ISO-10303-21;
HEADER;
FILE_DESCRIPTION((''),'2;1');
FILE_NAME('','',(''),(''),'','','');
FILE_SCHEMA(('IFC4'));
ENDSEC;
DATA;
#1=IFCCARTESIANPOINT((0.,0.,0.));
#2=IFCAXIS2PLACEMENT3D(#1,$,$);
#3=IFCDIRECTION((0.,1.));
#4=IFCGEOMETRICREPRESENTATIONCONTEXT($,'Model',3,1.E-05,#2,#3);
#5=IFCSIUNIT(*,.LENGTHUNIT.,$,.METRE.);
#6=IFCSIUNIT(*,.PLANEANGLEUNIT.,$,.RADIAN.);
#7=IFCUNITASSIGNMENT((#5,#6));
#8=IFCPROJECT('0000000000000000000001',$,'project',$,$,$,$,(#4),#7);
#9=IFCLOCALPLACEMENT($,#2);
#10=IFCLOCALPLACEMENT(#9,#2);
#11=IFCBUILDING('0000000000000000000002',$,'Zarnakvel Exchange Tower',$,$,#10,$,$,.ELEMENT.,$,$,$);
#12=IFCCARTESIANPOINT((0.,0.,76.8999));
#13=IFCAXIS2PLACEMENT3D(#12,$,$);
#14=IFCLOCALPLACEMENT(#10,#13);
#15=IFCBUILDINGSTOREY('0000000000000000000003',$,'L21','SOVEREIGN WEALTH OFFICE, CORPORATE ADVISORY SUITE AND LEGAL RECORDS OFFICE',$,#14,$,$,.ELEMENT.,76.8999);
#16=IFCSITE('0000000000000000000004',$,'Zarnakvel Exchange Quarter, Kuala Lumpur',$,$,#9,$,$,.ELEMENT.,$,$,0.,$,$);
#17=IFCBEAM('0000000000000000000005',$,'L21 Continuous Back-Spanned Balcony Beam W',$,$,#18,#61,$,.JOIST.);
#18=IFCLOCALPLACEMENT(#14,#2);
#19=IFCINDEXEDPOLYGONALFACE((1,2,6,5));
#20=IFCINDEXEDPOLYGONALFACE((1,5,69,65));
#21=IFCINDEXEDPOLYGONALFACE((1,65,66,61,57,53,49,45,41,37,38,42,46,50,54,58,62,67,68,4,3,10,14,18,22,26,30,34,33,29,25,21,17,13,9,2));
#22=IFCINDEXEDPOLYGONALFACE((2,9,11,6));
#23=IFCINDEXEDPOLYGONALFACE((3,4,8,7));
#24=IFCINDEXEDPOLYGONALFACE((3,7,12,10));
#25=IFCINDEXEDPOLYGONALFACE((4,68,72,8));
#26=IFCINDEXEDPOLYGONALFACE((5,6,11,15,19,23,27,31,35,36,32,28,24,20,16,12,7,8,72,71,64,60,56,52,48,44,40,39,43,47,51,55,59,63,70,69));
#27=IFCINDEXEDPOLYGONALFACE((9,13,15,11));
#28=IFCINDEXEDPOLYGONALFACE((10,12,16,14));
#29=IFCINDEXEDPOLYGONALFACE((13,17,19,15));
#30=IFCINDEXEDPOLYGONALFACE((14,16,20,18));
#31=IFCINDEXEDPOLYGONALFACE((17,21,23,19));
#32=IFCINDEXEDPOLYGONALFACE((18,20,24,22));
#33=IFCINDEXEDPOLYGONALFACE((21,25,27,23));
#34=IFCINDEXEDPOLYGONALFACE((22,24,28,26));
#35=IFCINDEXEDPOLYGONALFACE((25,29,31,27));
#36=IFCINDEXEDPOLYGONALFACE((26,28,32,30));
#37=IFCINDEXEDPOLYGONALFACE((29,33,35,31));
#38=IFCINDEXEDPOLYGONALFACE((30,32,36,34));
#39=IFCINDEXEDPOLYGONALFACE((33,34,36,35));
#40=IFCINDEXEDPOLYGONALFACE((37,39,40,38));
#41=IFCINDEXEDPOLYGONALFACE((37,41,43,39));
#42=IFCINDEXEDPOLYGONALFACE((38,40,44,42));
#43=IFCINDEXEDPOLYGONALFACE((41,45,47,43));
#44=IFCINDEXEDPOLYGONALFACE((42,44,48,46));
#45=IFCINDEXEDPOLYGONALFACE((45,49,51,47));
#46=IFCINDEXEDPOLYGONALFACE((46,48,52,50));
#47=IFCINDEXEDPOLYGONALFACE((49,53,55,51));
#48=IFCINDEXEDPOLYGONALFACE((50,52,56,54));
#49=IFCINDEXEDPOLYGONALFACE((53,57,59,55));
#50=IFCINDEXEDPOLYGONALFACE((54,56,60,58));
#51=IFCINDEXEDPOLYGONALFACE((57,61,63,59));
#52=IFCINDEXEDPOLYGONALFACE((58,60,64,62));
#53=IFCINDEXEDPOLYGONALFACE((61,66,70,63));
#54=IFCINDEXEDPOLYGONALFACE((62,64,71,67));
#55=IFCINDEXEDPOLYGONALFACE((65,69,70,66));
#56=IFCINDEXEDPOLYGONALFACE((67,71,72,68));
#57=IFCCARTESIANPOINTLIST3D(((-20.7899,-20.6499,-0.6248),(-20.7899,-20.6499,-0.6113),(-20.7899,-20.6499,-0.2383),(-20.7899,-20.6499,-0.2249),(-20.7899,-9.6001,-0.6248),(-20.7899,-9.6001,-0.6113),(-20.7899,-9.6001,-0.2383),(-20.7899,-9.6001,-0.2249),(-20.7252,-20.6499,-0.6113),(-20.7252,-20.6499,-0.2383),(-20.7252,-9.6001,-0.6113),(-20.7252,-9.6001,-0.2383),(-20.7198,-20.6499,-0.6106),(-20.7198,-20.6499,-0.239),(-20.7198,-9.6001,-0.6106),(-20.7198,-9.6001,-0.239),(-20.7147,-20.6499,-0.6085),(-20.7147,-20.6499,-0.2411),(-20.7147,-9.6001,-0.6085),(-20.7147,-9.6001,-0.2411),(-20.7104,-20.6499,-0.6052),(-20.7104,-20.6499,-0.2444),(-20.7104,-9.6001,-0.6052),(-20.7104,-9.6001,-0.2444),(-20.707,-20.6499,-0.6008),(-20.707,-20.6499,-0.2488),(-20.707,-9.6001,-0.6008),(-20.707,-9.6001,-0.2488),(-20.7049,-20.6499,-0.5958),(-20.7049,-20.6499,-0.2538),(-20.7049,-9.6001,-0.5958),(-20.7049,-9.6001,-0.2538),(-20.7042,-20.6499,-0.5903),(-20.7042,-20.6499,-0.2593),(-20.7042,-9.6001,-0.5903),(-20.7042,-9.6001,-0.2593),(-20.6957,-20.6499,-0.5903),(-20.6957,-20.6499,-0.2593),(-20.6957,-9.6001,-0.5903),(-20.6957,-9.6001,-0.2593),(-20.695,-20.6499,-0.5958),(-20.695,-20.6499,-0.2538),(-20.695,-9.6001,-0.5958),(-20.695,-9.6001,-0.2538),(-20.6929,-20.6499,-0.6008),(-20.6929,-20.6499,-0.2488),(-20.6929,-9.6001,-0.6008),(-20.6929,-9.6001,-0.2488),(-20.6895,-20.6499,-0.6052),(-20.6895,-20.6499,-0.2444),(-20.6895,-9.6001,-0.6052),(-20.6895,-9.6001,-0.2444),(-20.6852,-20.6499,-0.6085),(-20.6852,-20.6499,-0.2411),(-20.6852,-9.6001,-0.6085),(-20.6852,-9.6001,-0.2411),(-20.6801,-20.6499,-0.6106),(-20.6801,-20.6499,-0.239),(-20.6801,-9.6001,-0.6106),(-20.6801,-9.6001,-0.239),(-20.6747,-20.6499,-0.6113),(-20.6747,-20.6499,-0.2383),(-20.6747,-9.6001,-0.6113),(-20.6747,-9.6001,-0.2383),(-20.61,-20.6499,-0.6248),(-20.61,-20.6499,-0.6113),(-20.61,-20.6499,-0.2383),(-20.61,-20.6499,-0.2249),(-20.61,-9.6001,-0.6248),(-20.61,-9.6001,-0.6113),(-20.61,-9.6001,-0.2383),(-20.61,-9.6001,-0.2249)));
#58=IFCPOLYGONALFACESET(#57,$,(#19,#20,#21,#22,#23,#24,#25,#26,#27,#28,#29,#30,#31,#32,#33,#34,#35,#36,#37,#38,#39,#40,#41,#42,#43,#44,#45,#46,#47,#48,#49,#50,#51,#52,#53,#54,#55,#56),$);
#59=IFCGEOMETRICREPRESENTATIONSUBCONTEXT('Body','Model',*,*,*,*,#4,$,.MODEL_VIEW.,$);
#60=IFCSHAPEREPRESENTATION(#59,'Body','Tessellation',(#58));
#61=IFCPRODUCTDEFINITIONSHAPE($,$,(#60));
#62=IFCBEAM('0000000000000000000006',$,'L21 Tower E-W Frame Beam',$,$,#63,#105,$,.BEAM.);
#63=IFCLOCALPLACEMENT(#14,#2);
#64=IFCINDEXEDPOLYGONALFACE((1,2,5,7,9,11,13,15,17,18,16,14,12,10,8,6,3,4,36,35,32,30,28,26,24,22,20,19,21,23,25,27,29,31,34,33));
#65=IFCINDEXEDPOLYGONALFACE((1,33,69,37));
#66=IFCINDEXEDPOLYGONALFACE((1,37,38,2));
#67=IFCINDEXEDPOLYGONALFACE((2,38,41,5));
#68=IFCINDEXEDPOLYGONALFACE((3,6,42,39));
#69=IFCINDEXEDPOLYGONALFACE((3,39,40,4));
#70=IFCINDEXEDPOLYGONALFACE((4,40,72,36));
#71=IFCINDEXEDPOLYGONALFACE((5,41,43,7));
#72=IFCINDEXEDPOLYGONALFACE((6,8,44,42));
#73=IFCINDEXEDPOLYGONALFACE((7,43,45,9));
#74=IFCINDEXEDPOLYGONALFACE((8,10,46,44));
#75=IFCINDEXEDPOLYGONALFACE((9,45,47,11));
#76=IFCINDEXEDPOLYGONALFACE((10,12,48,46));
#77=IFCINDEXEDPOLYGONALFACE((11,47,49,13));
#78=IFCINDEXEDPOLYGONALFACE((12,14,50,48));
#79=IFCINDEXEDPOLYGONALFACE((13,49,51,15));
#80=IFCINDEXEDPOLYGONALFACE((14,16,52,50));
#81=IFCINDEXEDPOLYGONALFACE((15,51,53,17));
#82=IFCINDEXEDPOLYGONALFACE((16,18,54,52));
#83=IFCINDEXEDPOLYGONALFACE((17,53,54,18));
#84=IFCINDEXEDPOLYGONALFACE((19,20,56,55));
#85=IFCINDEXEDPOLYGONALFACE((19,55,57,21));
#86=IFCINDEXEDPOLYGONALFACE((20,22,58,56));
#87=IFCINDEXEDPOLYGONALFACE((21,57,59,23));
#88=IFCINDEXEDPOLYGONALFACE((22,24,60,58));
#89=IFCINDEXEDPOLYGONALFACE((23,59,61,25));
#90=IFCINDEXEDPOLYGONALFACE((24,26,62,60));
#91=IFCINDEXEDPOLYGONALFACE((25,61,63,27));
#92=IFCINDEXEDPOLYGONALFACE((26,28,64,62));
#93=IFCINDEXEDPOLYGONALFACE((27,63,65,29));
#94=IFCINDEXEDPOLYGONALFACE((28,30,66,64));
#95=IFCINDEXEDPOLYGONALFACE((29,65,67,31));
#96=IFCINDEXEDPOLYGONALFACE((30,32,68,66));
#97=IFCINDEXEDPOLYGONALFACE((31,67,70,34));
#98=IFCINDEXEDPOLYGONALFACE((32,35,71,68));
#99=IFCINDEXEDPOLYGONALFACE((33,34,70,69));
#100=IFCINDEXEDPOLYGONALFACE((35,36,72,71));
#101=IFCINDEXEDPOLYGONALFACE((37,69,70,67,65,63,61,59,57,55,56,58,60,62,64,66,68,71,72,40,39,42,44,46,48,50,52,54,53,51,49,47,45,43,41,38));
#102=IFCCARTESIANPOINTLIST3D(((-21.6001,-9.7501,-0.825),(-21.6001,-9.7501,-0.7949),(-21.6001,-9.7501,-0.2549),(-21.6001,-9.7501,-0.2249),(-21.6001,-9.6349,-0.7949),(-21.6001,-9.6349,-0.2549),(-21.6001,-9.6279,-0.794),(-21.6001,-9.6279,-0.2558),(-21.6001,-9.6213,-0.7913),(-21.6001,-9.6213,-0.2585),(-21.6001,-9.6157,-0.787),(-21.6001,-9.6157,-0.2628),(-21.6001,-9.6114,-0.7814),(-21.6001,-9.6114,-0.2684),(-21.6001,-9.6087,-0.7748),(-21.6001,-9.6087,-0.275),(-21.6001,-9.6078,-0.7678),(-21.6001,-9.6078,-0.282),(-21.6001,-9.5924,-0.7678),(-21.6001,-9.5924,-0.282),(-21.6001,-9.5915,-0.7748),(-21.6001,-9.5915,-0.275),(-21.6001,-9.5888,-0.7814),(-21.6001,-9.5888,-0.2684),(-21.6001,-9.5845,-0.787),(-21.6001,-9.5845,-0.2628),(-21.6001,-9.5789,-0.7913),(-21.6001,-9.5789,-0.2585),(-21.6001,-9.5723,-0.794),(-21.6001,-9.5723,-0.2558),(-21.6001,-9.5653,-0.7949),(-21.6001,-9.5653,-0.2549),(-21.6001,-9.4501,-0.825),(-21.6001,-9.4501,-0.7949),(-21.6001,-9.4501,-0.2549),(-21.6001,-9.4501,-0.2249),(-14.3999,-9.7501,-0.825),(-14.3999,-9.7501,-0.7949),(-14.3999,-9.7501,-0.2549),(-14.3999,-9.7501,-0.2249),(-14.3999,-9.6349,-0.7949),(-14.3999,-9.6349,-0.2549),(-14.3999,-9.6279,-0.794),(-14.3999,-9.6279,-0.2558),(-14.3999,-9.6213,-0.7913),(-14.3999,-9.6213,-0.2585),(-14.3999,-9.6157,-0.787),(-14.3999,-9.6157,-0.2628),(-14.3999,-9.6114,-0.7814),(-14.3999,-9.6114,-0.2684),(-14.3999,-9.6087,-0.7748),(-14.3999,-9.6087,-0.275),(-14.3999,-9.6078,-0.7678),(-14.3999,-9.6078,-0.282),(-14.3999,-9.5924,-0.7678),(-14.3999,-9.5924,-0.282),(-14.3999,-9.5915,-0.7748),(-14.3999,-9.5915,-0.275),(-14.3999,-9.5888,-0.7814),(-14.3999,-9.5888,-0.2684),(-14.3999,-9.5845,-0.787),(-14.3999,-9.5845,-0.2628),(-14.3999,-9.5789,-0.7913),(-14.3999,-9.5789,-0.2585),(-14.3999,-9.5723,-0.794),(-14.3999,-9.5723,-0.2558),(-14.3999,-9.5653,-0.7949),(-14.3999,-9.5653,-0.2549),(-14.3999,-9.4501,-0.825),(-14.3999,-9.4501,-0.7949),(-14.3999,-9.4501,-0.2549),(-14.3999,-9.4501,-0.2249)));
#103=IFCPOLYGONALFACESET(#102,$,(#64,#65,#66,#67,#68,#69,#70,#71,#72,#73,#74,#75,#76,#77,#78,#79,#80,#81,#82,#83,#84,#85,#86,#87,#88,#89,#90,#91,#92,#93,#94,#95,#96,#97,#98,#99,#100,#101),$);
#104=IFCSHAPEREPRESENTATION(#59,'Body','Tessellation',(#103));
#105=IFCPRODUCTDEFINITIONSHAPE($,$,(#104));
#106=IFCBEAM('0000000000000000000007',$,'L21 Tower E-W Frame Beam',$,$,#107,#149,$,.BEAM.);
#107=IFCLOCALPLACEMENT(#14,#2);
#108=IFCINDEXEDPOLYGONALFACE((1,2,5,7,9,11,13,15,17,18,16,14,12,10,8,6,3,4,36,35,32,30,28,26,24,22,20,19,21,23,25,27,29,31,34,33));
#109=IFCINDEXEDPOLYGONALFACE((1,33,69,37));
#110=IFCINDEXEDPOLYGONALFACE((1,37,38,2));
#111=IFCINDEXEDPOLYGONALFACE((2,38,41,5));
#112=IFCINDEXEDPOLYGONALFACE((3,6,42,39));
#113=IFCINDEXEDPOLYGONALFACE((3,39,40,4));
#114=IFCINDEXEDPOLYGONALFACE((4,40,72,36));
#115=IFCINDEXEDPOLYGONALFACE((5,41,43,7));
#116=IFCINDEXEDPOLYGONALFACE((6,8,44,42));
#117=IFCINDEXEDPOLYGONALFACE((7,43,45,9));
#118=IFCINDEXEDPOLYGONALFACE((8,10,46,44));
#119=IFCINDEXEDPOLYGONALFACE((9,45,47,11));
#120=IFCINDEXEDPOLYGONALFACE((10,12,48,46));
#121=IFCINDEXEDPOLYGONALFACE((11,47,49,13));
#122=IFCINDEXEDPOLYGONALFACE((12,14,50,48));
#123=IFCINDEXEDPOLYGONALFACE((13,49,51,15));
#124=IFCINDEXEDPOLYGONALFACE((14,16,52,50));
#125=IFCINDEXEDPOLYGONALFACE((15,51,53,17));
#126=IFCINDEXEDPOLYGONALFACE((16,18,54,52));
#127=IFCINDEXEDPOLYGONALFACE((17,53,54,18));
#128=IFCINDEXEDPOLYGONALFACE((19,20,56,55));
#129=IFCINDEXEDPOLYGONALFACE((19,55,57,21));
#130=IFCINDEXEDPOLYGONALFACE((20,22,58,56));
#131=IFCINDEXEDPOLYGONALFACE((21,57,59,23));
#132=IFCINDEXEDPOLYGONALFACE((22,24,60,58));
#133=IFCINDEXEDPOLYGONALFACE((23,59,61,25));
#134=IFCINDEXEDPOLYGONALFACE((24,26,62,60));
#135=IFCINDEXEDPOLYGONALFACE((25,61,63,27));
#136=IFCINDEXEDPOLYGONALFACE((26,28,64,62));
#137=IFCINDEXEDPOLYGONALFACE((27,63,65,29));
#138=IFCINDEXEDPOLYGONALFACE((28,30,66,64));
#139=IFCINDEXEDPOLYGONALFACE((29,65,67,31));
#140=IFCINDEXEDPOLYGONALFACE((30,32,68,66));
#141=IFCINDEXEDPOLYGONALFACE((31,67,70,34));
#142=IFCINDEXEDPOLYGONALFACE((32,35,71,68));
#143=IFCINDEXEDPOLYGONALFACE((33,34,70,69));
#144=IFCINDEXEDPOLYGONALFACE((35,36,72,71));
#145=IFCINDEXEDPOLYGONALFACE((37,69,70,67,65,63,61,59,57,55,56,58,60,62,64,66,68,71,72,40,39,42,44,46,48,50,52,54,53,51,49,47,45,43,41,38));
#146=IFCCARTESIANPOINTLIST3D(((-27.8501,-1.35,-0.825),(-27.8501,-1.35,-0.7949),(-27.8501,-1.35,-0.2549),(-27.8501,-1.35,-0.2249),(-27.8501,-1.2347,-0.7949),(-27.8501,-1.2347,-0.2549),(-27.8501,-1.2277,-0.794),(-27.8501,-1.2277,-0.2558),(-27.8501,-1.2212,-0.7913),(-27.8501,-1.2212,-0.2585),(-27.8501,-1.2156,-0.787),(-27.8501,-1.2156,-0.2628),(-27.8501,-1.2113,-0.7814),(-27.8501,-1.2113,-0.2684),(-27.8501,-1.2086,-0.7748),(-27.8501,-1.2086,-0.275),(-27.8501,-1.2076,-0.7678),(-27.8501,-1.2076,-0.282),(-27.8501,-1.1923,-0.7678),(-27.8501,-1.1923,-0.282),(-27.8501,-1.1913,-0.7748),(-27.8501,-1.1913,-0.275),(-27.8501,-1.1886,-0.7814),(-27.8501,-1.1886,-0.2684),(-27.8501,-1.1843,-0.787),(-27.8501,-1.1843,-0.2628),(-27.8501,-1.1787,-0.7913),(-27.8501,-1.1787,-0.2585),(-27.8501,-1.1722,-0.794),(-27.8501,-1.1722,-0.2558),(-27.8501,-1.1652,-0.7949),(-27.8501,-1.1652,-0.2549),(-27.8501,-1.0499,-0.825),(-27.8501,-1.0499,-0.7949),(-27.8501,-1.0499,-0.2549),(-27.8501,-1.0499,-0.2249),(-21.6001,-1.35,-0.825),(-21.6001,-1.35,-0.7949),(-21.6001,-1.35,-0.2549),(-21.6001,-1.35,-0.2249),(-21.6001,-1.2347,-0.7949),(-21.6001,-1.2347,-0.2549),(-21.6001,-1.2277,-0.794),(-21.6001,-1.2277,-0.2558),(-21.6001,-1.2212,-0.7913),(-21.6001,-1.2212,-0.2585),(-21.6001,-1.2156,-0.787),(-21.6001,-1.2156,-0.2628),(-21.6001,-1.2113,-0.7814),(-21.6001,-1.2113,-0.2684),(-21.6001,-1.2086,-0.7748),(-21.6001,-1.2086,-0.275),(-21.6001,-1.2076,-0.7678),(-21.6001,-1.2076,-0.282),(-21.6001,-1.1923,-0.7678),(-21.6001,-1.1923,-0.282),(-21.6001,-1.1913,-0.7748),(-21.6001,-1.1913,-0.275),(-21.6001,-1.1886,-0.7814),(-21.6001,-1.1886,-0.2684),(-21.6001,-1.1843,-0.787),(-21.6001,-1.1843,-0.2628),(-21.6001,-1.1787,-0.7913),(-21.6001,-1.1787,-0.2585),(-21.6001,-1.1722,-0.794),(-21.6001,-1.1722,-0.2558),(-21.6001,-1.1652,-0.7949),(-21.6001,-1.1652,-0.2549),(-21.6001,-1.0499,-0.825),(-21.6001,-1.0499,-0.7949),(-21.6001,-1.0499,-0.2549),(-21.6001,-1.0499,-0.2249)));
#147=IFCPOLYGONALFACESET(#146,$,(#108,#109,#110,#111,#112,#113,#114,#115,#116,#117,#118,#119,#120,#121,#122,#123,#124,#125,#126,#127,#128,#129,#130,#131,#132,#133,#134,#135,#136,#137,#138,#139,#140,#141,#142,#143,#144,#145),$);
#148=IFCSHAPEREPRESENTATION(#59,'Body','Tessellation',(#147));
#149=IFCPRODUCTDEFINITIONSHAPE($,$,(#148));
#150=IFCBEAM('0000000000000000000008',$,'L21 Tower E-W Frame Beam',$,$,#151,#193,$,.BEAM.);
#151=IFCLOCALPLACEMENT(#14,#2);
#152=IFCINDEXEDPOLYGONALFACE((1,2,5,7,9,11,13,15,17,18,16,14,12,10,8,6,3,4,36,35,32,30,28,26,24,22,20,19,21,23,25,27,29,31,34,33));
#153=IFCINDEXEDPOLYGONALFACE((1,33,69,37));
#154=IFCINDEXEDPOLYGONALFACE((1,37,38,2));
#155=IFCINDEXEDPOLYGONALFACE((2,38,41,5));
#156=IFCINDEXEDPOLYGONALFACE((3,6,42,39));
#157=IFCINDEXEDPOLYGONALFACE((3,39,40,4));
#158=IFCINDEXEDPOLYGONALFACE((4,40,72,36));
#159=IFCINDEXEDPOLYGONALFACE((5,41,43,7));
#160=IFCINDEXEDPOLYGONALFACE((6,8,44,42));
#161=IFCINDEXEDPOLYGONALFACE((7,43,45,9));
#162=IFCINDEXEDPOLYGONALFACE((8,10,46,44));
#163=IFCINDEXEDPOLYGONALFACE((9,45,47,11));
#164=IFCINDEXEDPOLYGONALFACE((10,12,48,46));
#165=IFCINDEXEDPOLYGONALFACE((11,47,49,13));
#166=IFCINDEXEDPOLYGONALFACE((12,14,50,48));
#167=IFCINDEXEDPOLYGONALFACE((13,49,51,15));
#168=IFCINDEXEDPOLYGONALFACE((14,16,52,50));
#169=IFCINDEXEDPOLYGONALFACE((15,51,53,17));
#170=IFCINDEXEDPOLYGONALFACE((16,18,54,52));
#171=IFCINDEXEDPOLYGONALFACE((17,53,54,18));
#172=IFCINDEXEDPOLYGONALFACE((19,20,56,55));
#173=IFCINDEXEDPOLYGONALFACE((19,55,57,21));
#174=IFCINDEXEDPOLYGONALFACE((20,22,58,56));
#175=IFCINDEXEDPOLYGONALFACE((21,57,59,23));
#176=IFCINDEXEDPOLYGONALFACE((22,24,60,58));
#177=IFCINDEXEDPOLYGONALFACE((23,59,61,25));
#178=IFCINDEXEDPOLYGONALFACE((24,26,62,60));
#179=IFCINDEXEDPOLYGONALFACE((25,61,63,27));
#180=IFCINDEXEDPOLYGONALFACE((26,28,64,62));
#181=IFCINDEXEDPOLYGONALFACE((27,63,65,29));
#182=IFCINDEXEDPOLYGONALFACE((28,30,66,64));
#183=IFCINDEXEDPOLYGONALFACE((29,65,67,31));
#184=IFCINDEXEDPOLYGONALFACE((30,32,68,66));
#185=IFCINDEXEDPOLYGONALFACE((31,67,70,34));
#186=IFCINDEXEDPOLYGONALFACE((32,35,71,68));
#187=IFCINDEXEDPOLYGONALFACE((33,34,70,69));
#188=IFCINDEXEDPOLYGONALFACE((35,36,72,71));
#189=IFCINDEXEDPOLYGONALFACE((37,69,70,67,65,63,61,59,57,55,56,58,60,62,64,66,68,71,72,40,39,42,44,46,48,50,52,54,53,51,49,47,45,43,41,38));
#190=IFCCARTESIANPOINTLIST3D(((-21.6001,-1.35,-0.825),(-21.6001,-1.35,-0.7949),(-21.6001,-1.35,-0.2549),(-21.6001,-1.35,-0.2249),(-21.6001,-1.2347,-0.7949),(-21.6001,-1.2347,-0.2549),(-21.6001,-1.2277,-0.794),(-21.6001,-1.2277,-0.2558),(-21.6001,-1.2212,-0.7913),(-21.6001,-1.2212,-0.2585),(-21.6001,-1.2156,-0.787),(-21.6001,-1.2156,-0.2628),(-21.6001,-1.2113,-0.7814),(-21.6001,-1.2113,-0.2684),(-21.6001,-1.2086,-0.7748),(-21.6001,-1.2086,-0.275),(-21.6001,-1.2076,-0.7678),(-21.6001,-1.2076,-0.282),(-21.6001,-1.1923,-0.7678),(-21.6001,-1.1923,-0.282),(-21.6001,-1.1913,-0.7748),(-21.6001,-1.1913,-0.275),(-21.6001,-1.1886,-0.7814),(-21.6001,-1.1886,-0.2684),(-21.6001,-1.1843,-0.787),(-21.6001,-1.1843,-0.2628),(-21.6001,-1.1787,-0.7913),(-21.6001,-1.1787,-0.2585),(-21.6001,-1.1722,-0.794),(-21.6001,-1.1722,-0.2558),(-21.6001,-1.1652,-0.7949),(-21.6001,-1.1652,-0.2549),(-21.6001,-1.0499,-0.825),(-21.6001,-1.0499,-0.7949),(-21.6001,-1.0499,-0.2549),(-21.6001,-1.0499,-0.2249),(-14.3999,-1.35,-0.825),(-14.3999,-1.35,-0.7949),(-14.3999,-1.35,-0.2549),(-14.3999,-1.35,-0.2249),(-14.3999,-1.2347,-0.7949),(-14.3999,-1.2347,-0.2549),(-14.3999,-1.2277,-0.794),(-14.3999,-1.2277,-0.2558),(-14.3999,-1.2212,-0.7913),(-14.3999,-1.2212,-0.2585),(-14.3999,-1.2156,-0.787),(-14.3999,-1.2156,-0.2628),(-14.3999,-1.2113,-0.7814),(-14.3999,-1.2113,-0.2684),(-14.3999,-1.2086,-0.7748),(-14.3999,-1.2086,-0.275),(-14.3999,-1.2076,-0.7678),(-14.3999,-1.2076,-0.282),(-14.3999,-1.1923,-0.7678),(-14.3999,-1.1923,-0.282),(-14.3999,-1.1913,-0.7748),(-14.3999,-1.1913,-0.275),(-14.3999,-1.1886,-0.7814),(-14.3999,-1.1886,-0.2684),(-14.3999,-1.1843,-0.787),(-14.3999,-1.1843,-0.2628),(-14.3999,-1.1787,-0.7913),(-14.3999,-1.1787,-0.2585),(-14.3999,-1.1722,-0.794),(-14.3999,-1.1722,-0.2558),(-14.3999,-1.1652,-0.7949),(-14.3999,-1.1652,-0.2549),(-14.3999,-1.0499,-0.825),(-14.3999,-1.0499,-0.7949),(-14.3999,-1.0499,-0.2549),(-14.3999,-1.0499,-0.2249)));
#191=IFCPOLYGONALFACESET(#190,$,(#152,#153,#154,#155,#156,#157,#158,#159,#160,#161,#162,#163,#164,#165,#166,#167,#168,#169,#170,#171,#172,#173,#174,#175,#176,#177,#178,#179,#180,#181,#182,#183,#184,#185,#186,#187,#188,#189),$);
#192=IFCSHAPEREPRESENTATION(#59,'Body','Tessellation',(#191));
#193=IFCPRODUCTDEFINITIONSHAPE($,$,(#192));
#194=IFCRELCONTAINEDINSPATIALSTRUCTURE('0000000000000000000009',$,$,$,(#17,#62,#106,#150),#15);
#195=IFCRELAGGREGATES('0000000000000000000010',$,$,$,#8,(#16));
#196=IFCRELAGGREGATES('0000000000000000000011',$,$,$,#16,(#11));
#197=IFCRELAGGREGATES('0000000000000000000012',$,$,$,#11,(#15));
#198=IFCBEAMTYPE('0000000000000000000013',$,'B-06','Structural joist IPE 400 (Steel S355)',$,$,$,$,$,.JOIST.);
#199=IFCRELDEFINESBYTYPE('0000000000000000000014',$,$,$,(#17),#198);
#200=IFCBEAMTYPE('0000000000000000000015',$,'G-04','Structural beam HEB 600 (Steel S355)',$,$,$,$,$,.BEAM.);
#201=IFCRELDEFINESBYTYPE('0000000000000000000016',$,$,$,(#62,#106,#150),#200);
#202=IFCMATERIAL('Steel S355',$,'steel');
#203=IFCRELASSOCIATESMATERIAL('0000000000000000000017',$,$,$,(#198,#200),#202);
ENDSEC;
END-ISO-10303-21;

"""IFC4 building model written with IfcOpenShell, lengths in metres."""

from ifc_helpers import new_model, si_unit, direction, frame, origin, origin_2d, place, context, subcontext, project, spatial, i_section, extrude, material, material_profile, profile_set, type_object, element, save


model = new_model("IFC4")

# Units and contexts
model_context = context("Model", 3, precision=1e-05, world=origin(), true_north=direction((0.0, 1.0)))
body_context = subcontext(model_context, "Body", "Model", "MODEL_VIEW")
ifc_project = project(units=[si_unit("LENGTHUNIT", "METRE"), si_unit("PLANEANGLEUNIT", "RADIAN")], contexts=[model_context])

# Site, building, storey
site_placement = place(None, origin())
site = spatial("IfcSite", under=ifc_project, at=site_placement, Name="Zarnakvel Exchange Quarter, Kuala Lumpur", CompositionType="ELEMENT", RefElevation=0.0)
building_placement = place(site_placement, origin())
building = spatial("IfcBuilding", under=site, at=building_placement, Name="Zarnakvel Exchange Tower", CompositionType="ELEMENT")
storey_placement = place(building_placement, frame((0.0, 0.0, 76.8999)))
storey = spatial("IfcBuildingStorey", under=building, at=storey_placement, Name="L21", Description="SOVEREIGN WEALTH OFFICE, CORPORATE ADVISORY SUITE AND LEGAL RECORDS OFFICE", CompositionType="ELEMENT", Elevation=76.8999)

# Shared definitions
ifc_material_1 = material(Name="Steel S355", Category="steel")

# Beams
ifc_material_profile_1 = material_profile(ifc_material_1, i_section(OverallWidth=0.1799, OverallDepth=0.3999, WebThickness=0.0085, FlangeThickness=0.0134, FilletRadius=0.021, at=origin_2d()))
ifc_profile_set_1 = profile_set([ifc_material_profile_1], Name="Steel S355")
beam_type_1 = type_object("IfcBeamType", Name="B-06", Description="Structural joist IPE 400 (Steel S355)", PredefinedType="JOIST", material=ifc_profile_set_1)
beam_1_placement = place(storey_placement, frame((-20.7, -9.6001, -0.4248), z_axis=(0.0, -1.0, 0.0), x_axis=(1.0, 0.0, 0.0)))
element("IfcBeam", 1, at=beam_1_placement, inside=storey, type_object=beam_type_1, Name="L21 Continuous Back-Spanned Balcony Beam W", PredefinedType="JOIST", context=body_context, shape_type="SweptSolid", body=[
    extrude(i_section(OverallWidth=0.1799, OverallDepth=0.3999, WebThickness=0.0085, FlangeThickness=0.0134, FilletRadius=0.021, at=origin_2d()), origin(), (0.0, 0.0, 1.0), 11.0498),
])
ifc_material_profile_2 = material_profile(ifc_material_1, i_section(OverallWidth=0.3, OverallDepth=0.6001, WebThickness=0.0154, FlangeThickness=0.03, FilletRadius=0.0271, at=origin_2d()))
ifc_profile_set_2 = profile_set([ifc_material_profile_2], Name="Steel S355")
beam_type_2 = type_object("IfcBeamType", Name="G-04", Description="Structural beam HEB 600 (Steel S355)", PredefinedType="BEAM", material=ifc_profile_set_2)
beam_2_placement = place(storey_placement, frame((-21.6001, -9.6001, -0.5249), z_axis=(1.0, 0.0, 0.0), x_axis=(0.0, 1.0, 0.0)))
element("IfcBeam", 2, at=beam_2_placement, inside=storey, type_object=beam_type_2, Name="L21 Tower E-W Frame Beam", PredefinedType="BEAM", context=body_context, shape_type="SweptSolid", body=[
    extrude(i_section(OverallWidth=0.3, OverallDepth=0.6001, WebThickness=0.0154, FlangeThickness=0.03, FilletRadius=0.0271, at=origin_2d()), origin(), (0.0, 0.0, 1.0), 7.2002),
])
beam_3_placement = place(storey_placement, frame((-27.8501, -1.2, -0.5249), z_axis=(1.0, 0.0, 0.0), x_axis=(0.0, 1.0, 0.0)))
element("IfcBeam", 3, at=beam_3_placement, inside=storey, type_object=beam_type_2, Name="L21 Tower E-W Frame Beam", PredefinedType="BEAM", context=body_context, shape_type="SweptSolid", body=[
    extrude(i_section(OverallWidth=0.3, OverallDepth=0.6001, WebThickness=0.0154, FlangeThickness=0.03, FilletRadius=0.0271, at=origin_2d()), origin(), (0.0, 0.0, 1.0), 6.25),
])
beam_4_placement = place(storey_placement, frame((-21.6001, -1.2, -0.5249), z_axis=(1.0, 0.0, 0.0), x_axis=(0.0, 1.0, 0.0)))
element("IfcBeam", 4, at=beam_4_placement, inside=storey, type_object=beam_type_2, Name="L21 Tower E-W Frame Beam", PredefinedType="BEAM", context=body_context, shape_type="SweptSolid", body=[
    extrude(i_section(OverallWidth=0.3, OverallDepth=0.6001, WebThickness=0.0154, FlangeThickness=0.03, FilletRadius=0.0271, at=origin_2d()), origin(), (0.0, 0.0, 1.0), 7.2002),
])

save(model, "model.ifc")
